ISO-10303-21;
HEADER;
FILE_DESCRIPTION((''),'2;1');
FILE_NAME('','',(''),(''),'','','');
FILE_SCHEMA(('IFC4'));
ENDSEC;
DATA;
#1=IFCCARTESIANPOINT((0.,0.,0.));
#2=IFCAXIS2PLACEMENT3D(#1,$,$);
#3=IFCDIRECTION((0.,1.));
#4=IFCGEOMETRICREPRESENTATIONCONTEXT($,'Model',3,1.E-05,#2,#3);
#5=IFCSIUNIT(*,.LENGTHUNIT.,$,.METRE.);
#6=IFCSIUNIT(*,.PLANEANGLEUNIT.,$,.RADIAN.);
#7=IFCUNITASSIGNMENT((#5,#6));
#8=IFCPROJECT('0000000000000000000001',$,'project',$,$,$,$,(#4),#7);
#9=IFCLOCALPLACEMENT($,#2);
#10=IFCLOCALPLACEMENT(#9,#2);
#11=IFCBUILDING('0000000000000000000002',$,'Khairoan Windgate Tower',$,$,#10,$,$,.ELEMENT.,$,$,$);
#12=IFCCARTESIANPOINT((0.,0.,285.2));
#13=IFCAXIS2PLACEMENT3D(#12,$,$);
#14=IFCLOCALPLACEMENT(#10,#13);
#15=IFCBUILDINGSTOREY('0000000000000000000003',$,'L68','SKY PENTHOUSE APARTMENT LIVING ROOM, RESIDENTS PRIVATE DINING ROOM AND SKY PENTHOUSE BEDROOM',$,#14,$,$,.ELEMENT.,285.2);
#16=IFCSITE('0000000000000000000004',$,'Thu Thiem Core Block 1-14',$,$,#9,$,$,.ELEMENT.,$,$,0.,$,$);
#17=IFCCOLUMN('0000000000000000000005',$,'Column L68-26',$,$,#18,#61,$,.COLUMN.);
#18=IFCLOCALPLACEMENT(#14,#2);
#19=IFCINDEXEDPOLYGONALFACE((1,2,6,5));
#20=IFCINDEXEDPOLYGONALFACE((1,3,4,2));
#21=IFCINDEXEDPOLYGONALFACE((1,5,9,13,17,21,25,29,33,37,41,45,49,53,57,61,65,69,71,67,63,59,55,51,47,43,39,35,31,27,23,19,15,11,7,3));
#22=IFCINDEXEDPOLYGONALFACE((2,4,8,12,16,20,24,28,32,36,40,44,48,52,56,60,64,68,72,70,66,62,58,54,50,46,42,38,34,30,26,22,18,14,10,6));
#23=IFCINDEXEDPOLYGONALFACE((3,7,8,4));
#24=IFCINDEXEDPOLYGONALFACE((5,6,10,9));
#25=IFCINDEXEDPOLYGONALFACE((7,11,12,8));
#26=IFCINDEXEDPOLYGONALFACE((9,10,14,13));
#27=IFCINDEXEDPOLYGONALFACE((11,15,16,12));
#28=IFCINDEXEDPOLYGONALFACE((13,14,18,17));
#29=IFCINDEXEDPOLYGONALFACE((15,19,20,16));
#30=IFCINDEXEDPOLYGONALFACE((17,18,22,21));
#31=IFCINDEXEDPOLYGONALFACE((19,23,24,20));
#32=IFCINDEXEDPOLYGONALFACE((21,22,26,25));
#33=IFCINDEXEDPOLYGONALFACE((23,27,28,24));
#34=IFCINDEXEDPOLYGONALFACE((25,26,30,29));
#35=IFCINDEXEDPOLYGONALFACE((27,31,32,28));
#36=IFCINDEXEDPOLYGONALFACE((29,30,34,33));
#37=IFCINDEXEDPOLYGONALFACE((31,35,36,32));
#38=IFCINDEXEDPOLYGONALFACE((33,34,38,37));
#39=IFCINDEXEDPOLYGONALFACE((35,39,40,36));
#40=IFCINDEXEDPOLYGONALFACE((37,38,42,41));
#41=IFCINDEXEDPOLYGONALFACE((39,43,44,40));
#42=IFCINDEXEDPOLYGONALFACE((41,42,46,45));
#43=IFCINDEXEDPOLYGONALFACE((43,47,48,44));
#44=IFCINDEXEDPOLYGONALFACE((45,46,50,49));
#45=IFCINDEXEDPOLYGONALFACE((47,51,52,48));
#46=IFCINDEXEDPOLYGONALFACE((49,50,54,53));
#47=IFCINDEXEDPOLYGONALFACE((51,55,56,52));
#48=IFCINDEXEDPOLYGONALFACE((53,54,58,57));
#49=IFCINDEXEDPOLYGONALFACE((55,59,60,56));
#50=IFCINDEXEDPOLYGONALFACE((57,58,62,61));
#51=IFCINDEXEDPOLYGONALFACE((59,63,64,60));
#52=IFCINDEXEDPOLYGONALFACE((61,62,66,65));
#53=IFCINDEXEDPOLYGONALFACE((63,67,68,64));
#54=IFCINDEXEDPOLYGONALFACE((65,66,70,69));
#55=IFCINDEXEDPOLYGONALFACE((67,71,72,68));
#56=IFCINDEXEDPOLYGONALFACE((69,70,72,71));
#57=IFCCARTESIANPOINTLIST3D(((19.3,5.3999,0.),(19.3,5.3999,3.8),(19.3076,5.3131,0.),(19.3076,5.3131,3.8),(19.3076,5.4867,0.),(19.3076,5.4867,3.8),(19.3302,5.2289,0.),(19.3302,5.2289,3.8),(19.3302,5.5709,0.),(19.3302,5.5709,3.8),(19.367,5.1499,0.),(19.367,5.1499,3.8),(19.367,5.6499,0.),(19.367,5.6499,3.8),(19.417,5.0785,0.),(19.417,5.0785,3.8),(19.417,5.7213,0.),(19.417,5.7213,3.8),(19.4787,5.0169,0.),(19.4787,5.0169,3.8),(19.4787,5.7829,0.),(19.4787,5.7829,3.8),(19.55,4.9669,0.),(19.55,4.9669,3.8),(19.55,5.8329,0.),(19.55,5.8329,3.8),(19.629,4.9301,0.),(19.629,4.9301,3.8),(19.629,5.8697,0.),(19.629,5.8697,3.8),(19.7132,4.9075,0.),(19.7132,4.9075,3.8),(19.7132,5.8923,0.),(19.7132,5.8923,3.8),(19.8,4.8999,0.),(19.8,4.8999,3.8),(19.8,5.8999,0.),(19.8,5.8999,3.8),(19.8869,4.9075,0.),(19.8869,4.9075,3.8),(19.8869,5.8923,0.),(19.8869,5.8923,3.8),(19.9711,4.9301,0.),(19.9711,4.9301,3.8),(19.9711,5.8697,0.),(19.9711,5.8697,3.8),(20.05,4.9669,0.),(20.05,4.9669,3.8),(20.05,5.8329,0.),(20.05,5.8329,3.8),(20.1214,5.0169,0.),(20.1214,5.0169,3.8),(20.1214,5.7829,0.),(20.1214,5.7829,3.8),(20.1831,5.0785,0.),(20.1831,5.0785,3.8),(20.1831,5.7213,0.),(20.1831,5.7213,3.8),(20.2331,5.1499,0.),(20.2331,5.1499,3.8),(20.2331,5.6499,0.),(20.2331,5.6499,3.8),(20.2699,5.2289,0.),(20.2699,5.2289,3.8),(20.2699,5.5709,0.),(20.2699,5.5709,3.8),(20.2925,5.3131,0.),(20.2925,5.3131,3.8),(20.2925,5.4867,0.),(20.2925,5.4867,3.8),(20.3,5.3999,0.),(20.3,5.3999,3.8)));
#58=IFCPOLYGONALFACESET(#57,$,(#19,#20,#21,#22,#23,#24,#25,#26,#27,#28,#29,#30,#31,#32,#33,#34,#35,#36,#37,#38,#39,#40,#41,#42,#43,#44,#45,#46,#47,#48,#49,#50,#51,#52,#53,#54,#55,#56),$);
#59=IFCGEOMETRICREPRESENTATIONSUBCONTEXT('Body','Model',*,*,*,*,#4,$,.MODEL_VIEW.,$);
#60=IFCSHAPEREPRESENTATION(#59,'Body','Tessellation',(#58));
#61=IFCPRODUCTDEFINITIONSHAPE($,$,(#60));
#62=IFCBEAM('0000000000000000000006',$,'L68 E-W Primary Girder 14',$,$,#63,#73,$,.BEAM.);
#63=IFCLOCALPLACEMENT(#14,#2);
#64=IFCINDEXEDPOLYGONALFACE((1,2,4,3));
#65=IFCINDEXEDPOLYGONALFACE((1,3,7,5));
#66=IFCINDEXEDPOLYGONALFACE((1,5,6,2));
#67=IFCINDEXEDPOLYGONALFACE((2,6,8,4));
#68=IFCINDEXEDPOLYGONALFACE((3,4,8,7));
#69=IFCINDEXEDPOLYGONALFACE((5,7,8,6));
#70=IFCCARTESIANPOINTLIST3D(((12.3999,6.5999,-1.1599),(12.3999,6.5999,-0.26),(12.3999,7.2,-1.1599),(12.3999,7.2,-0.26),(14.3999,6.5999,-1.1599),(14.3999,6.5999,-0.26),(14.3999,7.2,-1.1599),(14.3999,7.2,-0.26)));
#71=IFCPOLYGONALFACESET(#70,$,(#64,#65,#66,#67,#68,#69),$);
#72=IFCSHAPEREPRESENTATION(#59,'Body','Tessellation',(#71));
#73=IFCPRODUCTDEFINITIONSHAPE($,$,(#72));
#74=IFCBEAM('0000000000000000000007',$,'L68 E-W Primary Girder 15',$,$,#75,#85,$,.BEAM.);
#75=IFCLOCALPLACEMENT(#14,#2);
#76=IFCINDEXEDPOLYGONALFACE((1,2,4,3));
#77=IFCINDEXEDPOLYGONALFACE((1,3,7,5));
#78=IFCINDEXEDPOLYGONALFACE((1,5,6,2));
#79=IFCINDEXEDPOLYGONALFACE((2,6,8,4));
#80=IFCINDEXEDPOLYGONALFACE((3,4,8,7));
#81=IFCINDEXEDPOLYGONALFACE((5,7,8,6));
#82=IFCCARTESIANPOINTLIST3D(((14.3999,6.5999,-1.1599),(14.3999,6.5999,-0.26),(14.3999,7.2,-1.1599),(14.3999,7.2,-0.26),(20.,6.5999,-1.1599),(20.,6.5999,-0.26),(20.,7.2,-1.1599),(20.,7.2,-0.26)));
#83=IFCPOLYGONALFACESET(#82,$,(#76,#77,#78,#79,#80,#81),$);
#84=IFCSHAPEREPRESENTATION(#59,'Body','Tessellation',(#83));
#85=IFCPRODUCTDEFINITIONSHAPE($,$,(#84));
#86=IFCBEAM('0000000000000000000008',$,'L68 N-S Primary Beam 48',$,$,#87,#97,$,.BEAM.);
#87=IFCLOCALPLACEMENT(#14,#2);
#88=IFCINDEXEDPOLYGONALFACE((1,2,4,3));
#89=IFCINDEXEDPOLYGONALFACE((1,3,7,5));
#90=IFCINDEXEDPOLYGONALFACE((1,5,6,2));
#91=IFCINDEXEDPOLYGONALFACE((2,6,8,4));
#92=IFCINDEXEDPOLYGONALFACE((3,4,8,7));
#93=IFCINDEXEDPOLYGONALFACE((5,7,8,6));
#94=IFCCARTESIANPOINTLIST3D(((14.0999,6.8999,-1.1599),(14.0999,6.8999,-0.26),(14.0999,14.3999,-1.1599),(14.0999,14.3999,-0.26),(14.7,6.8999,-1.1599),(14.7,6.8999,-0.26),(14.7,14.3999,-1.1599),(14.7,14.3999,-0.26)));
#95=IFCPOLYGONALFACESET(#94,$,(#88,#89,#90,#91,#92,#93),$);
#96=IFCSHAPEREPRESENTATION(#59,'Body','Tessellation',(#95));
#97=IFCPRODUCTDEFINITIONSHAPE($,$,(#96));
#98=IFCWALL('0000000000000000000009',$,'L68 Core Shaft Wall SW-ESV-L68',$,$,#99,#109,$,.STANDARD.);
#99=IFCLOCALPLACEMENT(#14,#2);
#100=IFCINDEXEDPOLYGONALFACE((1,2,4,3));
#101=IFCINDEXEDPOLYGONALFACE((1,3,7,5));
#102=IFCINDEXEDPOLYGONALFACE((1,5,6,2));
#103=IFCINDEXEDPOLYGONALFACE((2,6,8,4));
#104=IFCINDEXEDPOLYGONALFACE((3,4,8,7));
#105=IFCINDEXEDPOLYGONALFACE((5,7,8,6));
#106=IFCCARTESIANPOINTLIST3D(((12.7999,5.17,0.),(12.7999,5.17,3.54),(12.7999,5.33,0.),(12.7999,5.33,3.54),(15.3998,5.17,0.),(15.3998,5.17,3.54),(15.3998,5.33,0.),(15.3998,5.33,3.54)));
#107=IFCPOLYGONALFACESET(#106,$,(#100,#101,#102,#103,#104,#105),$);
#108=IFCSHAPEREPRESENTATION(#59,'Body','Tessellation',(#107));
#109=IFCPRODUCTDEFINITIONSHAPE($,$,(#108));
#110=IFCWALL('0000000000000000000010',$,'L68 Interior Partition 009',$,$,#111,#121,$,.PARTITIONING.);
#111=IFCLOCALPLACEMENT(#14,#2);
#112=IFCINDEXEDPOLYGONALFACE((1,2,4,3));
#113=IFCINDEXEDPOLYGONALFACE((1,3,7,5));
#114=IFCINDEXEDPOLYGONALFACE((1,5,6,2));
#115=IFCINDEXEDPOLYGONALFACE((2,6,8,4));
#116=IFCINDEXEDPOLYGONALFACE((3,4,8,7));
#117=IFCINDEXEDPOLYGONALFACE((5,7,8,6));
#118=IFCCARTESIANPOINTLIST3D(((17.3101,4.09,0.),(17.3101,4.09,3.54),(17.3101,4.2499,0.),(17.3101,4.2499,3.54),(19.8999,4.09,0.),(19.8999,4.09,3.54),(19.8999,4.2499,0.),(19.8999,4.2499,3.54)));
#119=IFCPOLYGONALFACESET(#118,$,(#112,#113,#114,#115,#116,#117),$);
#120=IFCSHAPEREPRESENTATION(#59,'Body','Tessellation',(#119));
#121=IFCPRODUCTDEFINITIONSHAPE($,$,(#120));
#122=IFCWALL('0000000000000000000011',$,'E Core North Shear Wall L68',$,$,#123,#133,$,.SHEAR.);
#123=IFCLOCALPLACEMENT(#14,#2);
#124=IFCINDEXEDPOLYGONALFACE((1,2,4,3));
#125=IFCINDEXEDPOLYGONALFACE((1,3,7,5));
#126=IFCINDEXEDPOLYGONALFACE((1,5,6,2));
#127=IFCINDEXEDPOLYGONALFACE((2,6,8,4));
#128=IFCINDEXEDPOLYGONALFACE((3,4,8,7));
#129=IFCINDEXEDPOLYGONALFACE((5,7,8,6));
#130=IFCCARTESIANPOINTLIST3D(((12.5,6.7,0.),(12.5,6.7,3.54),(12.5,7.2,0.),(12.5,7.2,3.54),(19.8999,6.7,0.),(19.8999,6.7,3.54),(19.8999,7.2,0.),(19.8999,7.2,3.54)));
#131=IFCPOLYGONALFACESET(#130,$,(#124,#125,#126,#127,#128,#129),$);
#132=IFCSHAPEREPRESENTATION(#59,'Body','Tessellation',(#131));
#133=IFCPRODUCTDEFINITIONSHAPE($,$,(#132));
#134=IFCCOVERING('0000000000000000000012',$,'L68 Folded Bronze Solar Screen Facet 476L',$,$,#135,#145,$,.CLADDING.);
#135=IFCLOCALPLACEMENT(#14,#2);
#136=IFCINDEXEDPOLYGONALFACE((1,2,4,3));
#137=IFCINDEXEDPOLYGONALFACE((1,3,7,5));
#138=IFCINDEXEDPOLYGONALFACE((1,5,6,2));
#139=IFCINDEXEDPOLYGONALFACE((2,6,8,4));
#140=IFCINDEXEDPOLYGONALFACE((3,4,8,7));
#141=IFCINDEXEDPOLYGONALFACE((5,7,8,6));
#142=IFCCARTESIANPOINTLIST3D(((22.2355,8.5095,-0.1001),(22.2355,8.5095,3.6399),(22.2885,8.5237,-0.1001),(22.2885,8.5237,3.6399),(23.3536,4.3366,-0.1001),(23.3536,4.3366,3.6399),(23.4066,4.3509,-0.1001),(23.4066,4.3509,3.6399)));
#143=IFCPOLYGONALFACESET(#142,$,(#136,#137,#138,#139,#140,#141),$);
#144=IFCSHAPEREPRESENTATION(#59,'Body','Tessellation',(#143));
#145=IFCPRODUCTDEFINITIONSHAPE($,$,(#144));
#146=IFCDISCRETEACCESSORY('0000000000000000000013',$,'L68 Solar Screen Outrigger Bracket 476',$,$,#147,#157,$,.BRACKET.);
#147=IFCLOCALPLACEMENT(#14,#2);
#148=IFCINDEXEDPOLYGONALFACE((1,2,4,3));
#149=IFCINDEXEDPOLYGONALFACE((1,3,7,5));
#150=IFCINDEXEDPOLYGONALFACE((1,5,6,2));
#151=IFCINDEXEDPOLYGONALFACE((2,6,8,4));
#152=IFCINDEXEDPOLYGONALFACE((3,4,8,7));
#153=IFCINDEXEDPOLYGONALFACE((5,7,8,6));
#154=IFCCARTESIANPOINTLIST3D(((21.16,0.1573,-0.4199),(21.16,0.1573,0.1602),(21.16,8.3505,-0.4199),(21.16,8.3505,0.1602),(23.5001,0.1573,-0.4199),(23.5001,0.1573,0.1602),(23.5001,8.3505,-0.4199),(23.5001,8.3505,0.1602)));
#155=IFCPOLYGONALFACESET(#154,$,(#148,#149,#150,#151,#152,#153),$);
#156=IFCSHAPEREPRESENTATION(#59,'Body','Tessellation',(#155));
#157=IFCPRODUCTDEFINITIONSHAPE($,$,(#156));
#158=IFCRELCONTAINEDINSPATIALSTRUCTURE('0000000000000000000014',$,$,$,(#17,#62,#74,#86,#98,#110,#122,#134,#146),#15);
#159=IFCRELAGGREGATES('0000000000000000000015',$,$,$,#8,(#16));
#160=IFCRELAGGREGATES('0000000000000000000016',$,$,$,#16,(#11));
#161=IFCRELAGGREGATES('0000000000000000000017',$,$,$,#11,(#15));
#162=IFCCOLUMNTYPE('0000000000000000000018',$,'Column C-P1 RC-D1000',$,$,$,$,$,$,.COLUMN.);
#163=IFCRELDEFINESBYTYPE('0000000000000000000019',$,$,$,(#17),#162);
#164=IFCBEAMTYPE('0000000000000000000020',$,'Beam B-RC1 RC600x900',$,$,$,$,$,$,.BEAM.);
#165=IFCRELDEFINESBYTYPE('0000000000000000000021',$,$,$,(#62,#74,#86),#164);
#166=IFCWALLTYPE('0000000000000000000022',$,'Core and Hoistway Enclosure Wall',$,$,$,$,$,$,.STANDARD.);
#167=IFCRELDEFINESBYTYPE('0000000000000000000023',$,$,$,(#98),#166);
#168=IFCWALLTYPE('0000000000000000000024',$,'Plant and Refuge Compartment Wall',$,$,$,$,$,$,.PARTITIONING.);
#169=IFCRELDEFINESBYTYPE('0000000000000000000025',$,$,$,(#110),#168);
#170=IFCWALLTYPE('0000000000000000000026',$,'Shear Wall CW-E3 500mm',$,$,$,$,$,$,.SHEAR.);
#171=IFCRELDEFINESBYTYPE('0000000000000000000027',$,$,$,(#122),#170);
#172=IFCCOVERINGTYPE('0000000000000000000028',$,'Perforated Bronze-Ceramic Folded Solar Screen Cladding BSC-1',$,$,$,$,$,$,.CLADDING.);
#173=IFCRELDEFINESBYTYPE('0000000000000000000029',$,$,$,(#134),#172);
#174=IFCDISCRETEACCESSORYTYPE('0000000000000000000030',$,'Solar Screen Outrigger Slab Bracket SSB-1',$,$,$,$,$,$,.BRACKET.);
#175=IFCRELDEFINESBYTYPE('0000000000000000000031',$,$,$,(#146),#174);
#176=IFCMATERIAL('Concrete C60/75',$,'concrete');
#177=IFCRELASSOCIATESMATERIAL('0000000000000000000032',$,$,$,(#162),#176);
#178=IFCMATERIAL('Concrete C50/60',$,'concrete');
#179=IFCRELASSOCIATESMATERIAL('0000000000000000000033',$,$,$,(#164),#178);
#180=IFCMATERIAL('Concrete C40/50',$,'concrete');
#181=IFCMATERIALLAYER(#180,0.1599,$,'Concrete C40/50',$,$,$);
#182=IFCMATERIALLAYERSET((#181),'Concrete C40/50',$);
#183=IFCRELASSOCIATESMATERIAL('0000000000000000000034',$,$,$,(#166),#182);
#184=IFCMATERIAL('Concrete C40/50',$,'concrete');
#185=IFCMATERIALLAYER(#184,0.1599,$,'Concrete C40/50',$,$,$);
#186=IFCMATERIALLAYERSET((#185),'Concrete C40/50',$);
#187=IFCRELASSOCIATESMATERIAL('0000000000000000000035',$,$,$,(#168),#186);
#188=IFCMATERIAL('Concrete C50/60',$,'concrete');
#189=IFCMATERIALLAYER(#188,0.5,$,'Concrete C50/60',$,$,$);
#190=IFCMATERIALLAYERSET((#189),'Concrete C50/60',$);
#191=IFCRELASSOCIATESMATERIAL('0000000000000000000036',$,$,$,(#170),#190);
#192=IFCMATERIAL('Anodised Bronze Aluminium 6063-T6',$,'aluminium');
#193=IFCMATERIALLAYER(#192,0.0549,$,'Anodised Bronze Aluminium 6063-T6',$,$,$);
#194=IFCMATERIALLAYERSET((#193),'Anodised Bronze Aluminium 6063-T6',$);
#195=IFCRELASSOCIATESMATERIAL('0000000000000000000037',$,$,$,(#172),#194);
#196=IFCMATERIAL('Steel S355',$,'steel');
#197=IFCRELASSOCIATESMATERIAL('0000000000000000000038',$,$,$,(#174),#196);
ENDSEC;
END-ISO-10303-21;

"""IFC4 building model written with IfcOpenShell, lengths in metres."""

from ifc_helpers import new_model, si_unit, direction, frame, frame_2d, origin, origin_2d, place, context, subcontext, project, spatial, rectangle, circle, extrude, material, layer, layer_set, material_profile, profile_set, type_object, element, save


model = new_model("IFC4")

# Units and contexts
model_context = context("Model", 3, precision=1e-05, world=origin(), true_north=direction((0.0, 1.0)))
body_context = subcontext(model_context, "Body", "Model", "MODEL_VIEW")
ifc_project = project(units=[si_unit("LENGTHUNIT", "METRE"), si_unit("PLANEANGLEUNIT", "RADIAN")], contexts=[model_context])

# Site, building, storey
site_placement = place(None, origin())
site = spatial("IfcSite", under=ifc_project, at=site_placement, Name="Thu Thiem Core Block 1-14", CompositionType="ELEMENT", RefElevation=0.0)
building_placement = place(site_placement, origin())
building = spatial("IfcBuilding", under=site, at=building_placement, Name="Khairoan Windgate Tower", CompositionType="ELEMENT")
storey_placement = place(building_placement, frame((0.0, 0.0, 285.2)))
storey = spatial("IfcBuildingStorey", under=building, at=storey_placement, Name="L68", Description="SKY PENTHOUSE APARTMENT LIVING ROOM, RESIDENTS PRIVATE DINING ROOM AND SKY PENTHOUSE BEDROOM", CompositionType="ELEMENT", Elevation=285.2)

# Column
ifc_material_1 = material(Name="Concrete C60/75", Category="concrete")
ifc_material_profile_1 = material_profile(ifc_material_1, circle(Radius=0.5, at=origin_2d()))
ifc_profile_set_1 = profile_set([ifc_material_profile_1], Name="Concrete C60/75")
column_type = type_object("IfcColumnType", Name="Column C-P1 RC-D1000", PredefinedType="COLUMN", material=ifc_profile_set_1)
column_placement = place(storey_placement, frame((19.8, 5.3999, 0.0), z_axis=(0.0, 0.0, 1.0), x_axis=(1.0, 0.0, 0.0)))
element("IfcColumn", 1, at=column_placement, inside=storey, type_object=column_type, Name="Column L68-26", PredefinedType="COLUMN", context=body_context, shape_type="SweptSolid", body=[
    extrude(circle(Radius=0.5, at=origin_2d()), origin(), (0.0, 0.0, 1.0), 3.8),
])

# Beams
ifc_material_2 = material(Name="Concrete C50/60", Category="concrete")
ifc_material_profile_2 = material_profile(ifc_material_2, rectangle(XDim=0.6001, YDim=0.8999, at=origin_2d()))
ifc_profile_set_2 = profile_set([ifc_material_profile_2], Name="Concrete C50/60")
beam_type = type_object("IfcBeamType", Name="Beam B-RC1 RC600x900", PredefinedType="BEAM", material=ifc_profile_set_2)
beam_1_placement = place(storey_placement, frame((12.3999, 6.8999, -0.71), z_axis=(1.0, 0.0, 0.0), x_axis=(0.0, 1.0, 0.0)))
element("IfcBeam", 2, at=beam_1_placement, inside=storey, type_object=beam_type, Name="L68 E-W Primary Girder 14", PredefinedType="BEAM", context=body_context, shape_type="SweptSolid", body=[
    extrude(rectangle(XDim=0.6001, YDim=0.8999, at=origin_2d()), origin(), (0.0, 0.0, 1.0), 2.0),
])
beam_2_placement = place(storey_placement, frame((14.3999, 6.8999, -0.71), z_axis=(1.0, 0.0, 0.0), x_axis=(0.0, 1.0, 0.0)))
element("IfcBeam", 3, at=beam_2_placement, inside=storey, type_object=beam_type, Name="L68 E-W Primary Girder 15", PredefinedType="BEAM", context=body_context, shape_type="SweptSolid", body=[
    extrude(rectangle(XDim=0.6001, YDim=0.8999, at=origin_2d()), origin(), (0.0, 0.0, 1.0), 5.6001),
])
beam_3_placement = place(storey_placement, frame((14.3999, 6.8999, -0.71), z_axis=(0.0, 1.0, 0.0), x_axis=(-1.0, 0.0, 0.0)))
element("IfcBeam", 4, at=beam_3_placement, inside=storey, type_object=beam_type, Name="L68 N-S Primary Beam 48", PredefinedType="BEAM", context=body_context, shape_type="SweptSolid", body=[
    extrude(rectangle(XDim=0.6001, YDim=0.8999, at=origin_2d()), origin(), (0.0, 0.0, 1.0), 7.5),
])

# Walls
ifc_material_3 = material(Name="Concrete C40/50", Category="concrete")
ifc_layer_1 = layer(ifc_material_3, 0.1599, Name="Concrete C40/50")
ifc_layer_set_1 = layer_set([ifc_layer_1], Name="Concrete C40/50")
wall_type_1 = type_object("IfcWallType", Name="Core and Hoistway Enclosure Wall", PredefinedType="STANDARD", material=ifc_layer_set_1)
wall_1_placement = place(storey_placement, frame((12.8, 5.25, 0.0), z_axis=(0.0, 0.0, 1.0), x_axis=(1.0, 0.0, 0.0)))
element("IfcWall", 5, at=wall_1_placement, inside=storey, type_object=wall_type_1, Name="L68 Core Shaft Wall SW-ESV-L68", PredefinedType="STANDARD", context=body_context, shape_type="SweptSolid", body=[
    extrude(rectangle(XDim=2.5999, YDim=0.1599, at=frame_2d((1.2998, 0.0))), origin(), (0.0, 0.0, 1.0), 3.54),
])
ifc_material_4 = material(Name="Concrete C40/50", Category="concrete")
ifc_layer_2 = layer(ifc_material_4, 0.1599, Name="Concrete C40/50")
ifc_layer_set_2 = layer_set([ifc_layer_2], Name="Concrete C40/50")
wall_type_2 = type_object("IfcWallType", Name="Plant and Refuge Compartment Wall", PredefinedType="PARTITIONING", material=ifc_layer_set_2)
wall_2_placement = place(storey_placement, frame((17.3101, 4.1699, 0.0), z_axis=(0.0, 0.0, 1.0), x_axis=(1.0, 0.0, 0.0)))
element("IfcWall", 6, at=wall_2_placement, inside=storey, type_object=wall_type_2, Name="L68 Interior Partition 009", PredefinedType="PARTITIONING", context=body_context, shape_type="SweptSolid", body=[
    extrude(rectangle(XDim=2.5898, YDim=0.1599, at=frame_2d((1.2949, 0.0))), origin(), (0.0, 0.0, 1.0), 3.54),
])
ifc_material_5 = material(Name="Concrete C50/60", Category="concrete")
ifc_layer_3 = layer(ifc_material_5, 0.5, Name="Concrete C50/60")
ifc_layer_set_3 = layer_set([ifc_layer_3], Name="Concrete C50/60")
wall_type_3 = type_object("IfcWallType", Name="Shear Wall CW-E3 500mm", PredefinedType="SHEAR", material=ifc_layer_set_3)
wall_3_placement = place(storey_placement, frame((12.5, 6.95, 0.0), z_axis=(0.0, 0.0, 1.0), x_axis=(1.0, 0.0, 0.0)))
element("IfcWall", 7, at=wall_3_placement, inside=storey, type_object=wall_type_3, Name="E Core North Shear Wall L68", PredefinedType="SHEAR", context=body_context, shape_type="SweptSolid", body=[
    extrude(rectangle(XDim=7.3999, YDim=0.5, at=frame_2d((3.7, 0.0))), origin(), (0.0, 0.0, 1.0), 3.54),
])

# Covering
ifc_material_6 = material(Name="Anodised Bronze Aluminium 6063-T6", Category="aluminium")
ifc_layer_4 = layer(ifc_material_6, 0.0549, Name="Anodised Bronze Aluminium 6063-T6")
ifc_layer_set_4 = layer_set([ifc_layer_4], Name="Anodised Bronze Aluminium 6063-T6")
covering_type = type_object("IfcCoveringType", Name="Perforated Bronze-Ceramic Folded Solar Screen Cladding BSC-1", PredefinedType="CLADDING", material=ifc_layer_set_4)
covering_placement = place(storey_placement, frame((22.821, 6.4302, -0.1001), z_axis=(0.0, 0.0, 1.0), x_axis=(0.258819, -0.965926, 0.0)))
element("IfcCovering", 8, at=covering_placement, inside=storey, type_object=covering_type, Name="L68 Folded Bronze Solar Screen Facet 476L", PredefinedType="CLADDING", context=body_context, shape_type="SweptSolid", body=[
    extrude(rectangle(XDim=4.3201, YDim=0.0549, at=origin_2d()), origin(), (0.0, 0.0, 1.0), 3.74),
])

# Discrete accessory
ifc_material_7 = material(Name="Steel S355", Category="steel")
discrete_accessory_type = type_object("IfcDiscreteAccessoryType", Name="Solar Screen Outrigger Slab Bracket SSB-1", PredefinedType="BRACKET", material=ifc_material_7)
discrete_accessory_placement = place(storey_placement, frame((22.3301, 4.2539, -0.4199), z_axis=(0.0, 0.0, 1.0), x_axis=(0.0, -1.0, 0.0)))
element("IfcDiscreteAccessory", 9, at=discrete_accessory_placement, inside=storey, type_object=discrete_accessory_type, Name="L68 Solar Screen Outrigger Bracket 476", PredefinedType="BRACKET", context=body_context, shape_type="SweptSolid", body=[
    extrude(rectangle(XDim=8.1931, YDim=2.3401, at=origin_2d()), origin(), (0.0, 0.0, 1.0), 0.5801),
])

save(model, "model.ifc")
